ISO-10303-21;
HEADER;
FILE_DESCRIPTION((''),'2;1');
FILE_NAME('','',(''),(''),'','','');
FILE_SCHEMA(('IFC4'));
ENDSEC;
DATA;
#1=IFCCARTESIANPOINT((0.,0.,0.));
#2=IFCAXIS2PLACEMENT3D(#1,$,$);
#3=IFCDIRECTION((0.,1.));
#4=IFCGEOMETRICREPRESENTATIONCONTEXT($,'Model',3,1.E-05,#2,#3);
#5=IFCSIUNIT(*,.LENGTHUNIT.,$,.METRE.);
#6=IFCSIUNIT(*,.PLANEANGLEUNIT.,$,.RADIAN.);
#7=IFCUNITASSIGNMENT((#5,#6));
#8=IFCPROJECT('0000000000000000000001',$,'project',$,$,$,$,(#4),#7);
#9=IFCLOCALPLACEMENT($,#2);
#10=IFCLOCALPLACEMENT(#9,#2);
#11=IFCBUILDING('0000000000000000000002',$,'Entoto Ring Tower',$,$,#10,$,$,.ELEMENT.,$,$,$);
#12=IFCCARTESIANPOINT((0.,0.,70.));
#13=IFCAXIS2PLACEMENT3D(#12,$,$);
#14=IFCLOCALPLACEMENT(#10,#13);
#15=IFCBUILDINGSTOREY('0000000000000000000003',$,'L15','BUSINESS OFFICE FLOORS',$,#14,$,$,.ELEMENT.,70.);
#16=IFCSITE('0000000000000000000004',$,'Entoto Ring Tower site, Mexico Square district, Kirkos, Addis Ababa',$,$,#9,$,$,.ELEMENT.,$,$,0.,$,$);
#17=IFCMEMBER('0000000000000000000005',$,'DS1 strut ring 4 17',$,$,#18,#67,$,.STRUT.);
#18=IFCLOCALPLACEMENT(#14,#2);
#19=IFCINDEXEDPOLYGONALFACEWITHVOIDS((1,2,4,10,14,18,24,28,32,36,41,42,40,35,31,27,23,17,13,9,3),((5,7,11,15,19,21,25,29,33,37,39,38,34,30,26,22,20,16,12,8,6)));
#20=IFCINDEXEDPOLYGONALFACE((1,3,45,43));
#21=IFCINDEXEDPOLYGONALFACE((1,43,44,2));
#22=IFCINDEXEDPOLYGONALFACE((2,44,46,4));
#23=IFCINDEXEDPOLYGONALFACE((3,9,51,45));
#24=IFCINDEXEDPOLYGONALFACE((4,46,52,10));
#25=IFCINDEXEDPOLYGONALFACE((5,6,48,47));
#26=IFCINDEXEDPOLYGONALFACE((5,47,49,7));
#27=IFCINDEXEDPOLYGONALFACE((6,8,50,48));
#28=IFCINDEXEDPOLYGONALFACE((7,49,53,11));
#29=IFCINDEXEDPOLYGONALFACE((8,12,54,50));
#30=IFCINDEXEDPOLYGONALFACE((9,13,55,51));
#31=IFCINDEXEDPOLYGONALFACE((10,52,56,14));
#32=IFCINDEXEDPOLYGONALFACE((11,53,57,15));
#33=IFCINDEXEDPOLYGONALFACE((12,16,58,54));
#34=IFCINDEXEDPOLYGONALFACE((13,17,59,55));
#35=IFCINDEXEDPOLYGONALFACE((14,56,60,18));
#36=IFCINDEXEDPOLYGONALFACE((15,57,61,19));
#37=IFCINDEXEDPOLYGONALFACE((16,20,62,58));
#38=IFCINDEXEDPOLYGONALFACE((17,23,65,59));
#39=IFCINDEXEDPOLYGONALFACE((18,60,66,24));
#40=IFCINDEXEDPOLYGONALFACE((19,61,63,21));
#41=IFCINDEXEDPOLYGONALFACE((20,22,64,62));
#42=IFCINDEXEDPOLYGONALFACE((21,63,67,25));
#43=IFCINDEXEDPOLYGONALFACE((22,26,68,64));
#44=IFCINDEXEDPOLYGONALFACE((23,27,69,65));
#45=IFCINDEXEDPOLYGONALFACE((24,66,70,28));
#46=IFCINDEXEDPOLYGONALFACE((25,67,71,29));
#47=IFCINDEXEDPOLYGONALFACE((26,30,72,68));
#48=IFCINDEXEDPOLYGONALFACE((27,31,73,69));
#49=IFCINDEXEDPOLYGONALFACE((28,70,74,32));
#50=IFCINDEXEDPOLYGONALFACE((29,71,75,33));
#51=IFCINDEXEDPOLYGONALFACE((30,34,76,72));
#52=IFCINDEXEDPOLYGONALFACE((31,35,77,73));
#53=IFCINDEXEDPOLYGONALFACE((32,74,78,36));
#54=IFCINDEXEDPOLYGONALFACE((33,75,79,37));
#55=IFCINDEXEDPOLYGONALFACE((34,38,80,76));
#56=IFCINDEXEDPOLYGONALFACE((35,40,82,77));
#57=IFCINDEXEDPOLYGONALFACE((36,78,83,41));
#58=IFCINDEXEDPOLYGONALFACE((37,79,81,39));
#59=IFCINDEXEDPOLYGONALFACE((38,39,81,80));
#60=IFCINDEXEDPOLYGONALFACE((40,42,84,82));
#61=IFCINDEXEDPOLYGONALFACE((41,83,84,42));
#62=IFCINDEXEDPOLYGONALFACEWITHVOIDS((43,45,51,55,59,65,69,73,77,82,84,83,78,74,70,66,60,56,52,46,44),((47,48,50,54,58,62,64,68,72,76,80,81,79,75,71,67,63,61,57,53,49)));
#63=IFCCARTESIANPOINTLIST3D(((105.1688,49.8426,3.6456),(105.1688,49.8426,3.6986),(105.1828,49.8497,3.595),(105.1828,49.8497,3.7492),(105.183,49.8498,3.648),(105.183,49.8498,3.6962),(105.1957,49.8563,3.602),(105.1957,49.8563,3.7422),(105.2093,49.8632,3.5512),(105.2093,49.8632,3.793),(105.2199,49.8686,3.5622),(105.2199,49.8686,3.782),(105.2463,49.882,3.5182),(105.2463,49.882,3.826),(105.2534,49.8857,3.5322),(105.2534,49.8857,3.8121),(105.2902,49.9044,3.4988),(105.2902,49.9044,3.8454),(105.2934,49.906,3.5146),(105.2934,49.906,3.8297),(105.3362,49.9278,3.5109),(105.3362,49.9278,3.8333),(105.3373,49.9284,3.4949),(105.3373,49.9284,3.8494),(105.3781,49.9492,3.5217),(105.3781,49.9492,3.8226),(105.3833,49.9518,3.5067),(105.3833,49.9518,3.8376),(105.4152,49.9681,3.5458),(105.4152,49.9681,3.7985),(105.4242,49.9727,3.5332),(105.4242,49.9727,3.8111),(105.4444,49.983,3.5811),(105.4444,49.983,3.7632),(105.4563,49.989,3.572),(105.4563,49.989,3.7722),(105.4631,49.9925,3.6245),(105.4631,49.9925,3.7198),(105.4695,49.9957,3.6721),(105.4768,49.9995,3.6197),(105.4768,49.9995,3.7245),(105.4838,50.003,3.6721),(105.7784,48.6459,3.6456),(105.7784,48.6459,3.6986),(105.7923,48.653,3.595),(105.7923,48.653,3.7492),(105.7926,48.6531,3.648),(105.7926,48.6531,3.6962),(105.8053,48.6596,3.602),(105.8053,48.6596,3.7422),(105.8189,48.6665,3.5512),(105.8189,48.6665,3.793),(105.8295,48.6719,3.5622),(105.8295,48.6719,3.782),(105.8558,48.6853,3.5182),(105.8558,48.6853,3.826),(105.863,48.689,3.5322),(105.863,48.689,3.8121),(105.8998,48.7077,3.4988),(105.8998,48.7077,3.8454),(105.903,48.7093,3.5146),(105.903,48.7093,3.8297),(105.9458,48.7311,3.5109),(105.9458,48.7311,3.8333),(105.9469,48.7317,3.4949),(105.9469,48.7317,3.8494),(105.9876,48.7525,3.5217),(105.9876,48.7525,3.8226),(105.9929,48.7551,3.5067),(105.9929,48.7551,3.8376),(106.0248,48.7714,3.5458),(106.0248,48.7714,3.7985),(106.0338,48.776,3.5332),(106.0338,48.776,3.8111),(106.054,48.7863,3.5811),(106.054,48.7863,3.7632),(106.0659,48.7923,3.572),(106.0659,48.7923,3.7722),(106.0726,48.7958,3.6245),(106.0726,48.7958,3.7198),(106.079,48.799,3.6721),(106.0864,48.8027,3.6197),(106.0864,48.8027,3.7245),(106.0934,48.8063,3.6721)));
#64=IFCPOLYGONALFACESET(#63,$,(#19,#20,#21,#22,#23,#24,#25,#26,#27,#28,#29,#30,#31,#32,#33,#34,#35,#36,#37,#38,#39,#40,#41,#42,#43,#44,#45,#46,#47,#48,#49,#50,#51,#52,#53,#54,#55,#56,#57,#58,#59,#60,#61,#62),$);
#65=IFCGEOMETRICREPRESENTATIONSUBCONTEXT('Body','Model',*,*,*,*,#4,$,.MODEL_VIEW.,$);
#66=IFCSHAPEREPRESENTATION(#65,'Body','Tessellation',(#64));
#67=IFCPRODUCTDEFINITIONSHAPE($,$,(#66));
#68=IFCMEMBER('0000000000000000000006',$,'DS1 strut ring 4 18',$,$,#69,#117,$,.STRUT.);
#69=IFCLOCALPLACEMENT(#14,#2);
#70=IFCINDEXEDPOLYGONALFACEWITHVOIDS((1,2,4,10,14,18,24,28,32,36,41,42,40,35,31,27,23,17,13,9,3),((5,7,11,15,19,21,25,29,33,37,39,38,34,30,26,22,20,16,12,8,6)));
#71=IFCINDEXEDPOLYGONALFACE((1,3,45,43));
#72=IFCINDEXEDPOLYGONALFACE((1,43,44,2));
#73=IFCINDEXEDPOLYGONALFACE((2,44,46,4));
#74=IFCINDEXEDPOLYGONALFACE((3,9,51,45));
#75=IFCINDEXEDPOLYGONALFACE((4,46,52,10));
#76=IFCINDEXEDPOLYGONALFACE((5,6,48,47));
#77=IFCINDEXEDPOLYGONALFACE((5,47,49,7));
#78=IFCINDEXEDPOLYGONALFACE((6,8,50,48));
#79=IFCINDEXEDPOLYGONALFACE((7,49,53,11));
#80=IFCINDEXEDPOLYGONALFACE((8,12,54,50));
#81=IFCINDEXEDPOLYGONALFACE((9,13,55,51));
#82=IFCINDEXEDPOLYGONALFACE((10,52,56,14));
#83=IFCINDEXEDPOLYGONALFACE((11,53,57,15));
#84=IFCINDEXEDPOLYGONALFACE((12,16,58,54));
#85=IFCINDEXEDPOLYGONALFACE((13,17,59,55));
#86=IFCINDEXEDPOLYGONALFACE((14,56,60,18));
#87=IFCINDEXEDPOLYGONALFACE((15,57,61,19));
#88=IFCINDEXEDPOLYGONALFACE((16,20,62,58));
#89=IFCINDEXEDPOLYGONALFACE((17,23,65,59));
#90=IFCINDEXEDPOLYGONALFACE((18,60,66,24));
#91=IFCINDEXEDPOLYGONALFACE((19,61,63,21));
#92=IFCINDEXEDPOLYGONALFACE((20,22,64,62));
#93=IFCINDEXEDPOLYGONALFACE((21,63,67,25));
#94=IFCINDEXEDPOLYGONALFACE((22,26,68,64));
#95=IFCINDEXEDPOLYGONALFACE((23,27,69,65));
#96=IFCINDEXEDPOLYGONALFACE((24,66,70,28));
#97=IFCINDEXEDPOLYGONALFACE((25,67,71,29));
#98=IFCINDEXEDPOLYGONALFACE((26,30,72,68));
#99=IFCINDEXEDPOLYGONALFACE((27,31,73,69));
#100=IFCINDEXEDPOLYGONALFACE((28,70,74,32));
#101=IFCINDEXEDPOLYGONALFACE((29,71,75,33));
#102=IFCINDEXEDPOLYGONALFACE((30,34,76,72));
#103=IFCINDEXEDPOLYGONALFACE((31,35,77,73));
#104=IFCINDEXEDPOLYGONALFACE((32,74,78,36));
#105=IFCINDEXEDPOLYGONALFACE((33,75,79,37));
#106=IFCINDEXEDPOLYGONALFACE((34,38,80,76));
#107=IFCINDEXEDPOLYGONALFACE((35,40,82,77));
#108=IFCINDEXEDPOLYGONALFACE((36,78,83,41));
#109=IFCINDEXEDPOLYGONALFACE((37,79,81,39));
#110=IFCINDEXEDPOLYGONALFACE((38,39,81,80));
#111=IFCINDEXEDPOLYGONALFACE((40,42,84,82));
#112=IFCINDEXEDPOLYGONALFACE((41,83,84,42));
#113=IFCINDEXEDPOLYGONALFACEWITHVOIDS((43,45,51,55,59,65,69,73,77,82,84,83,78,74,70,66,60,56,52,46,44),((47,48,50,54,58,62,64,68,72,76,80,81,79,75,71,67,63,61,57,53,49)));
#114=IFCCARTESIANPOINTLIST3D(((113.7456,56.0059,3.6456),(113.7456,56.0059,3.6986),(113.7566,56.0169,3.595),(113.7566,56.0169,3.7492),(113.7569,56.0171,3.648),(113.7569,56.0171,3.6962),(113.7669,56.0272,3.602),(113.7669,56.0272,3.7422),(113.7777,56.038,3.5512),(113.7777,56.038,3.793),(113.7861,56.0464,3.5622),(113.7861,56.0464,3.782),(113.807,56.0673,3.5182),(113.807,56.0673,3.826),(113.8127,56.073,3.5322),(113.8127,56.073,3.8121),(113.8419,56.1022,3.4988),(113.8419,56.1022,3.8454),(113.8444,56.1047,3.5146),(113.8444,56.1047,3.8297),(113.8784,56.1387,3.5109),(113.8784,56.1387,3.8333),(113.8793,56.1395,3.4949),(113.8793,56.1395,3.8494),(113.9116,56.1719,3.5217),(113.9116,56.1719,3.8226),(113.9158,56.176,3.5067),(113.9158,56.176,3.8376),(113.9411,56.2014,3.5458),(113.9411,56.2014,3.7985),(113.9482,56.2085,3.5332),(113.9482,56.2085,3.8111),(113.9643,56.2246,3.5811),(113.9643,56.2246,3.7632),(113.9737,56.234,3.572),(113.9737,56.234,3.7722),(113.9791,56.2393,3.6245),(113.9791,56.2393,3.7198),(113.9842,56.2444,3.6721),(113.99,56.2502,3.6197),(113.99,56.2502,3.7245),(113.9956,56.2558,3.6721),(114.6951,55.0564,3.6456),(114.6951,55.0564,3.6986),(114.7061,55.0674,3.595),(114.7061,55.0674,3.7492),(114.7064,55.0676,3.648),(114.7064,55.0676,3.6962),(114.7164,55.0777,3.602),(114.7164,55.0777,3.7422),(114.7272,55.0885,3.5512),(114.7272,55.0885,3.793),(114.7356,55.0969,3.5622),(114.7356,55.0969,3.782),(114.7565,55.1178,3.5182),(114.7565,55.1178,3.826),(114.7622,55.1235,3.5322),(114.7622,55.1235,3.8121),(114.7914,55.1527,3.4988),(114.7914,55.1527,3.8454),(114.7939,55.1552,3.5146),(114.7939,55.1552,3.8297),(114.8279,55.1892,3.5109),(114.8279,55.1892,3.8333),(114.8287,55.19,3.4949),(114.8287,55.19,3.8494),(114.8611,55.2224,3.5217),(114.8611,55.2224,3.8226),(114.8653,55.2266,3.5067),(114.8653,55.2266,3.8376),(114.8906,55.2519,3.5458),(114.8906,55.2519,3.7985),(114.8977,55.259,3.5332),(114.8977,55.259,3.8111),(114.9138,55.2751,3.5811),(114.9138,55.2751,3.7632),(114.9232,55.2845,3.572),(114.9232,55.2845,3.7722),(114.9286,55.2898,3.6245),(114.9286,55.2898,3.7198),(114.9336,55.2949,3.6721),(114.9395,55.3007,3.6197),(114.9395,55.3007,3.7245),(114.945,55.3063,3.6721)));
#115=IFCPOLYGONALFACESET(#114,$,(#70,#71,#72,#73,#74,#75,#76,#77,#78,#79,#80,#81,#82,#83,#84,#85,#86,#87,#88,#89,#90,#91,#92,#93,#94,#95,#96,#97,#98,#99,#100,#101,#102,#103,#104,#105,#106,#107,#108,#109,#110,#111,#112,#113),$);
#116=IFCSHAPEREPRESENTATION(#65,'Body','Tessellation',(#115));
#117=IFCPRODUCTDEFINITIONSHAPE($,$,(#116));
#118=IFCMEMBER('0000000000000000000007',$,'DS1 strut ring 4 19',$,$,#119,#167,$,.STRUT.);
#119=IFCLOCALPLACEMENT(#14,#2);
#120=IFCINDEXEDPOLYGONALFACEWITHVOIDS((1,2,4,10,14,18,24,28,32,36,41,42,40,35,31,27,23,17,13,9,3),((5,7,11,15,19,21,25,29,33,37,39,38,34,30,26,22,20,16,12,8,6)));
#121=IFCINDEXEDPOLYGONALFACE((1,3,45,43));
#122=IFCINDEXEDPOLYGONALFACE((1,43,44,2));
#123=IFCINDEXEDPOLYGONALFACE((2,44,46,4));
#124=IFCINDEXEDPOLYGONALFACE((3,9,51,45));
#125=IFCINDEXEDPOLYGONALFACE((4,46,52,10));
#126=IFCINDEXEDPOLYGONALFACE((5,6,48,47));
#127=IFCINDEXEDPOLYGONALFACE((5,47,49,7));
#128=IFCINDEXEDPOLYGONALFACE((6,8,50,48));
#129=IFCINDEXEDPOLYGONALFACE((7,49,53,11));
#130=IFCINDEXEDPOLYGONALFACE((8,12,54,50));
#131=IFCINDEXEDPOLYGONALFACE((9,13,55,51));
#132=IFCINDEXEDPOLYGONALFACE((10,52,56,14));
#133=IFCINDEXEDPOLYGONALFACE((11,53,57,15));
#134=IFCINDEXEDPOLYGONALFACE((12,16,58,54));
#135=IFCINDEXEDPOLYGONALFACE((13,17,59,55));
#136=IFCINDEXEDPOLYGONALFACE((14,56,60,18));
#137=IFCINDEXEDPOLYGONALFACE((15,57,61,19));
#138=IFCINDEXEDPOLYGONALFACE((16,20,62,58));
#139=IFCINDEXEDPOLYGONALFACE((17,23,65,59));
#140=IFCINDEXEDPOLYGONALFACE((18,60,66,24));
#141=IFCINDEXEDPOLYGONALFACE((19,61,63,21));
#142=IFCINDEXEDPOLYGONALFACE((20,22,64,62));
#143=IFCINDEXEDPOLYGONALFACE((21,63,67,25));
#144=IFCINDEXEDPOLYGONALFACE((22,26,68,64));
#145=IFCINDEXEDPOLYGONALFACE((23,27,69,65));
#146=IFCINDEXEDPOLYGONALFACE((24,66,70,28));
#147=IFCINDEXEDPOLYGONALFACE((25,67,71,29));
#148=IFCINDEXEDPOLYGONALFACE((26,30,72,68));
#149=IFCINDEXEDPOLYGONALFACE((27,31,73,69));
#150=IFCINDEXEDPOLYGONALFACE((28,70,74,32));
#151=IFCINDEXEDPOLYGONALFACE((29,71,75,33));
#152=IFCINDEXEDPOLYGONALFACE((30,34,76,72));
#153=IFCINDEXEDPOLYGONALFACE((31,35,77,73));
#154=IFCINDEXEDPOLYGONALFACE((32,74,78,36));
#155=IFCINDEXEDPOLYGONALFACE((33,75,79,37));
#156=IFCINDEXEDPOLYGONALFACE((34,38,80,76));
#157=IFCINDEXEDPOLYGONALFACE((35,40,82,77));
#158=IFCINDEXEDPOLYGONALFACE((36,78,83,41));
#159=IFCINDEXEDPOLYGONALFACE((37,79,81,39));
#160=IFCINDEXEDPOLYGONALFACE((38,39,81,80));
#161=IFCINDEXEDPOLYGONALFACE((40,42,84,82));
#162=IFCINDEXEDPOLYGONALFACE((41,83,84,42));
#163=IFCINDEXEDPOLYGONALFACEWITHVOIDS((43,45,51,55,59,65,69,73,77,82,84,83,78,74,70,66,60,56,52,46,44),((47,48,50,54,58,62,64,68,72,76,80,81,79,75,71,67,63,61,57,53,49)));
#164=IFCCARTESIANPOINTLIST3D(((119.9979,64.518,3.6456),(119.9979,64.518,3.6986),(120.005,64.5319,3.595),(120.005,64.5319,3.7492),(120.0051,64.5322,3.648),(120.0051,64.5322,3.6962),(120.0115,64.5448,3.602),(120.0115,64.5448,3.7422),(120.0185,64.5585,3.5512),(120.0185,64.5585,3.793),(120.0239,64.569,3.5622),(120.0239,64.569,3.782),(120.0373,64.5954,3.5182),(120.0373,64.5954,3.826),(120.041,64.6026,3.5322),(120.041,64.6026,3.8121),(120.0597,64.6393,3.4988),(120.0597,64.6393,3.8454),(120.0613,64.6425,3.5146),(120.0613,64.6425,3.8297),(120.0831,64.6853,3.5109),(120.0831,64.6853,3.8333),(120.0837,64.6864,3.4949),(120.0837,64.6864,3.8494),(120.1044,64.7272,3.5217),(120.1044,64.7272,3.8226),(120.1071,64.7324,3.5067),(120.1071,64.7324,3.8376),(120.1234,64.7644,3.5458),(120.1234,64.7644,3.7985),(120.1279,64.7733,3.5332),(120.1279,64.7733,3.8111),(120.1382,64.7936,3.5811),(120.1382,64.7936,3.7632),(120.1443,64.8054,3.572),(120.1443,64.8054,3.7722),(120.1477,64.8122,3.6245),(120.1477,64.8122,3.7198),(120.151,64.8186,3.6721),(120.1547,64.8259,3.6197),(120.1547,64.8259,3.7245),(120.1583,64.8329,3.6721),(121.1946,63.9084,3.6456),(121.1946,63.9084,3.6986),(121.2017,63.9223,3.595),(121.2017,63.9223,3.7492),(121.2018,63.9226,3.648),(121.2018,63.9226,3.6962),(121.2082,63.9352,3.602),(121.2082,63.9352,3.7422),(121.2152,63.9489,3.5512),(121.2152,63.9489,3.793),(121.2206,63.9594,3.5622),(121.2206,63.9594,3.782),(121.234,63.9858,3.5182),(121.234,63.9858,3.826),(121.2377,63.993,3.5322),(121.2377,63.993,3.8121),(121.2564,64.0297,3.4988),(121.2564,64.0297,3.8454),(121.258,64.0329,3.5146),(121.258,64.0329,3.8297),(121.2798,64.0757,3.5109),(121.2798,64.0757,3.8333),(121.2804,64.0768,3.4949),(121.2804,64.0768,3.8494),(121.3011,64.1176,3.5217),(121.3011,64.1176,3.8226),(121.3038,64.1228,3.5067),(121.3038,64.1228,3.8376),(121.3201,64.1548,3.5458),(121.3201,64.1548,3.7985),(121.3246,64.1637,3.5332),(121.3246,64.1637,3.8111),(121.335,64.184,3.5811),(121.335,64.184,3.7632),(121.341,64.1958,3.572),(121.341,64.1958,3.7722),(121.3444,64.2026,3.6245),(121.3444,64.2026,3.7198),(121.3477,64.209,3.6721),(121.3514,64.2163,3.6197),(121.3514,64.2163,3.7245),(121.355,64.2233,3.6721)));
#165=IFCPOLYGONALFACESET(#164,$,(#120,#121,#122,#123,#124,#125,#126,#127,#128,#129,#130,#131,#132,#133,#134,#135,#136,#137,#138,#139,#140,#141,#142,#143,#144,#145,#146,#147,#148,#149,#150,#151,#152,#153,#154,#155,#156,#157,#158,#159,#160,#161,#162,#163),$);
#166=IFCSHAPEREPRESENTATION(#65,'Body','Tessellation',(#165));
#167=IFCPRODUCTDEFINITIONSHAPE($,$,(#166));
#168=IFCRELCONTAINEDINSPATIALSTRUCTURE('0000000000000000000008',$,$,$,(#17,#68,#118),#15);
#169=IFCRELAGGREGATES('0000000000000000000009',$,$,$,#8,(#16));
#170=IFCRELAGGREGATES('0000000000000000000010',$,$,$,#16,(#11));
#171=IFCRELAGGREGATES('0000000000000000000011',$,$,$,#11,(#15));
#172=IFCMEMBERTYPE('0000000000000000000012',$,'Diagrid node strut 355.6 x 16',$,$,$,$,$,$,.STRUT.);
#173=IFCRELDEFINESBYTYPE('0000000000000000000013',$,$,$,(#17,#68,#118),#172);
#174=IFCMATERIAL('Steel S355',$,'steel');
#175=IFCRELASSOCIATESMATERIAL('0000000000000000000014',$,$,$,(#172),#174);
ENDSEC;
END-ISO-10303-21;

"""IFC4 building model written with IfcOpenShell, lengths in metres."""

from ifc_helpers import new_model, si_unit, direction, frame, origin, origin_2d, place, context, subcontext, project, spatial, circle, hollow_circle, extrude, material, material_profile, profile_set, type_object, element, save


model = new_model("IFC4")

# Units and contexts
model_context = context("Model", 3, precision=1e-05, world=origin(), true_north=direction((0.0, 1.0)))
body_context = subcontext(model_context, "Body", "Model", "MODEL_VIEW")
ifc_project = project(units=[si_unit("LENGTHUNIT", "METRE"), si_unit("PLANEANGLEUNIT", "RADIAN")], contexts=[model_context])

# Site, building, storey
site_placement = place(None, origin())
site = spatial("IfcSite", under=ifc_project, at=site_placement, Name="Entoto Ring Tower site, Mexico Square district, Kirkos, Addis Ababa", CompositionType="ELEMENT", RefElevation=0.0)
building_placement = place(site_placement, origin())
building = spatial("IfcBuilding", under=site, at=building_placement, Name="Entoto Ring Tower", CompositionType="ELEMENT")
storey_placement = place(building_placement, frame((0.0, 0.0, 70.0)))
storey = spatial("IfcBuildingStorey", under=building, at=storey_placement, Name="L15", Description="BUSINESS OFFICE FLOORS", CompositionType="ELEMENT", Elevation=70.0)

# Members
ifc_material_1 = material(Name="Steel S355", Category="steel")
ifc_material_profile_1 = material_profile(ifc_material_1, hollow_circle(Radius=0.1777, WallThickness=0.0161, at=origin_2d()), Name="CHS 355.6 x 16")
ifc_material_2 = material(Name="Concrete C60/75", Category="concrete")
ifc_material_profile_2 = material_profile(ifc_material_2, circle(Radius=0.1619, at=origin_2d()), Name="Concrete C60/75 infill")
ifc_profile_set_1 = profile_set([ifc_material_profile_1, ifc_material_profile_2], Name="Steel S355")
member_type = type_object("IfcMemberType", Name="Diagrid node strut 355.6 x 16", PredefinedType="STRUT", material=ifc_profile_set_1)
member_1_placement = place(storey_placement, frame((105.3254, 49.9224, 3.6721), z_axis=(0.45389, -0.891058, 0.0), x_axis=(0.891058, 0.45389, 0.0)))
element("IfcMember", 1, at=member_1_placement, inside=storey, type_object=member_type, Name="DS1 strut ring 4 17", PredefinedType="STRUT", context=body_context, shape_type="SweptSolid", body=[
    extrude(hollow_circle(Radius=0.1777, WallThickness=0.0161, at=origin_2d()), origin(), (0.0, 0.0, 1.0), 1.343),
])
member_2_placement = place(storey_placement, frame((113.8699, 56.1301, 3.6721), z_axis=(0.707107, -0.707107, 0.0), x_axis=(0.707107, 0.707107, 0.0)))
element("IfcMember", 2, at=member_2_placement, inside=storey, type_object=member_type, Name="DS1 strut ring 4 18", PredefinedType="STRUT", context=body_context, shape_type="SweptSolid", body=[
    extrude(hollow_circle(Radius=0.1777, WallThickness=0.0161, at=origin_2d()), origin(), (0.0, 0.0, 1.0), 1.3428),
])
member_3_placement = place(storey_placement, frame((120.0776, 64.6746, 3.6721), z_axis=(0.891058, -0.45389, 0.0), x_axis=(0.45389, 0.891058, 0.0)))
element("IfcMember", 3, at=member_3_placement, inside=storey, type_object=member_type, Name="DS1 strut ring 4 19", PredefinedType="STRUT", context=body_context, shape_type="SweptSolid", body=[
    extrude(hollow_circle(Radius=0.1777, WallThickness=0.0161, at=origin_2d()), origin(), (0.0, 0.0, 1.0), 1.343),
])

save(model, "model.ifc")
